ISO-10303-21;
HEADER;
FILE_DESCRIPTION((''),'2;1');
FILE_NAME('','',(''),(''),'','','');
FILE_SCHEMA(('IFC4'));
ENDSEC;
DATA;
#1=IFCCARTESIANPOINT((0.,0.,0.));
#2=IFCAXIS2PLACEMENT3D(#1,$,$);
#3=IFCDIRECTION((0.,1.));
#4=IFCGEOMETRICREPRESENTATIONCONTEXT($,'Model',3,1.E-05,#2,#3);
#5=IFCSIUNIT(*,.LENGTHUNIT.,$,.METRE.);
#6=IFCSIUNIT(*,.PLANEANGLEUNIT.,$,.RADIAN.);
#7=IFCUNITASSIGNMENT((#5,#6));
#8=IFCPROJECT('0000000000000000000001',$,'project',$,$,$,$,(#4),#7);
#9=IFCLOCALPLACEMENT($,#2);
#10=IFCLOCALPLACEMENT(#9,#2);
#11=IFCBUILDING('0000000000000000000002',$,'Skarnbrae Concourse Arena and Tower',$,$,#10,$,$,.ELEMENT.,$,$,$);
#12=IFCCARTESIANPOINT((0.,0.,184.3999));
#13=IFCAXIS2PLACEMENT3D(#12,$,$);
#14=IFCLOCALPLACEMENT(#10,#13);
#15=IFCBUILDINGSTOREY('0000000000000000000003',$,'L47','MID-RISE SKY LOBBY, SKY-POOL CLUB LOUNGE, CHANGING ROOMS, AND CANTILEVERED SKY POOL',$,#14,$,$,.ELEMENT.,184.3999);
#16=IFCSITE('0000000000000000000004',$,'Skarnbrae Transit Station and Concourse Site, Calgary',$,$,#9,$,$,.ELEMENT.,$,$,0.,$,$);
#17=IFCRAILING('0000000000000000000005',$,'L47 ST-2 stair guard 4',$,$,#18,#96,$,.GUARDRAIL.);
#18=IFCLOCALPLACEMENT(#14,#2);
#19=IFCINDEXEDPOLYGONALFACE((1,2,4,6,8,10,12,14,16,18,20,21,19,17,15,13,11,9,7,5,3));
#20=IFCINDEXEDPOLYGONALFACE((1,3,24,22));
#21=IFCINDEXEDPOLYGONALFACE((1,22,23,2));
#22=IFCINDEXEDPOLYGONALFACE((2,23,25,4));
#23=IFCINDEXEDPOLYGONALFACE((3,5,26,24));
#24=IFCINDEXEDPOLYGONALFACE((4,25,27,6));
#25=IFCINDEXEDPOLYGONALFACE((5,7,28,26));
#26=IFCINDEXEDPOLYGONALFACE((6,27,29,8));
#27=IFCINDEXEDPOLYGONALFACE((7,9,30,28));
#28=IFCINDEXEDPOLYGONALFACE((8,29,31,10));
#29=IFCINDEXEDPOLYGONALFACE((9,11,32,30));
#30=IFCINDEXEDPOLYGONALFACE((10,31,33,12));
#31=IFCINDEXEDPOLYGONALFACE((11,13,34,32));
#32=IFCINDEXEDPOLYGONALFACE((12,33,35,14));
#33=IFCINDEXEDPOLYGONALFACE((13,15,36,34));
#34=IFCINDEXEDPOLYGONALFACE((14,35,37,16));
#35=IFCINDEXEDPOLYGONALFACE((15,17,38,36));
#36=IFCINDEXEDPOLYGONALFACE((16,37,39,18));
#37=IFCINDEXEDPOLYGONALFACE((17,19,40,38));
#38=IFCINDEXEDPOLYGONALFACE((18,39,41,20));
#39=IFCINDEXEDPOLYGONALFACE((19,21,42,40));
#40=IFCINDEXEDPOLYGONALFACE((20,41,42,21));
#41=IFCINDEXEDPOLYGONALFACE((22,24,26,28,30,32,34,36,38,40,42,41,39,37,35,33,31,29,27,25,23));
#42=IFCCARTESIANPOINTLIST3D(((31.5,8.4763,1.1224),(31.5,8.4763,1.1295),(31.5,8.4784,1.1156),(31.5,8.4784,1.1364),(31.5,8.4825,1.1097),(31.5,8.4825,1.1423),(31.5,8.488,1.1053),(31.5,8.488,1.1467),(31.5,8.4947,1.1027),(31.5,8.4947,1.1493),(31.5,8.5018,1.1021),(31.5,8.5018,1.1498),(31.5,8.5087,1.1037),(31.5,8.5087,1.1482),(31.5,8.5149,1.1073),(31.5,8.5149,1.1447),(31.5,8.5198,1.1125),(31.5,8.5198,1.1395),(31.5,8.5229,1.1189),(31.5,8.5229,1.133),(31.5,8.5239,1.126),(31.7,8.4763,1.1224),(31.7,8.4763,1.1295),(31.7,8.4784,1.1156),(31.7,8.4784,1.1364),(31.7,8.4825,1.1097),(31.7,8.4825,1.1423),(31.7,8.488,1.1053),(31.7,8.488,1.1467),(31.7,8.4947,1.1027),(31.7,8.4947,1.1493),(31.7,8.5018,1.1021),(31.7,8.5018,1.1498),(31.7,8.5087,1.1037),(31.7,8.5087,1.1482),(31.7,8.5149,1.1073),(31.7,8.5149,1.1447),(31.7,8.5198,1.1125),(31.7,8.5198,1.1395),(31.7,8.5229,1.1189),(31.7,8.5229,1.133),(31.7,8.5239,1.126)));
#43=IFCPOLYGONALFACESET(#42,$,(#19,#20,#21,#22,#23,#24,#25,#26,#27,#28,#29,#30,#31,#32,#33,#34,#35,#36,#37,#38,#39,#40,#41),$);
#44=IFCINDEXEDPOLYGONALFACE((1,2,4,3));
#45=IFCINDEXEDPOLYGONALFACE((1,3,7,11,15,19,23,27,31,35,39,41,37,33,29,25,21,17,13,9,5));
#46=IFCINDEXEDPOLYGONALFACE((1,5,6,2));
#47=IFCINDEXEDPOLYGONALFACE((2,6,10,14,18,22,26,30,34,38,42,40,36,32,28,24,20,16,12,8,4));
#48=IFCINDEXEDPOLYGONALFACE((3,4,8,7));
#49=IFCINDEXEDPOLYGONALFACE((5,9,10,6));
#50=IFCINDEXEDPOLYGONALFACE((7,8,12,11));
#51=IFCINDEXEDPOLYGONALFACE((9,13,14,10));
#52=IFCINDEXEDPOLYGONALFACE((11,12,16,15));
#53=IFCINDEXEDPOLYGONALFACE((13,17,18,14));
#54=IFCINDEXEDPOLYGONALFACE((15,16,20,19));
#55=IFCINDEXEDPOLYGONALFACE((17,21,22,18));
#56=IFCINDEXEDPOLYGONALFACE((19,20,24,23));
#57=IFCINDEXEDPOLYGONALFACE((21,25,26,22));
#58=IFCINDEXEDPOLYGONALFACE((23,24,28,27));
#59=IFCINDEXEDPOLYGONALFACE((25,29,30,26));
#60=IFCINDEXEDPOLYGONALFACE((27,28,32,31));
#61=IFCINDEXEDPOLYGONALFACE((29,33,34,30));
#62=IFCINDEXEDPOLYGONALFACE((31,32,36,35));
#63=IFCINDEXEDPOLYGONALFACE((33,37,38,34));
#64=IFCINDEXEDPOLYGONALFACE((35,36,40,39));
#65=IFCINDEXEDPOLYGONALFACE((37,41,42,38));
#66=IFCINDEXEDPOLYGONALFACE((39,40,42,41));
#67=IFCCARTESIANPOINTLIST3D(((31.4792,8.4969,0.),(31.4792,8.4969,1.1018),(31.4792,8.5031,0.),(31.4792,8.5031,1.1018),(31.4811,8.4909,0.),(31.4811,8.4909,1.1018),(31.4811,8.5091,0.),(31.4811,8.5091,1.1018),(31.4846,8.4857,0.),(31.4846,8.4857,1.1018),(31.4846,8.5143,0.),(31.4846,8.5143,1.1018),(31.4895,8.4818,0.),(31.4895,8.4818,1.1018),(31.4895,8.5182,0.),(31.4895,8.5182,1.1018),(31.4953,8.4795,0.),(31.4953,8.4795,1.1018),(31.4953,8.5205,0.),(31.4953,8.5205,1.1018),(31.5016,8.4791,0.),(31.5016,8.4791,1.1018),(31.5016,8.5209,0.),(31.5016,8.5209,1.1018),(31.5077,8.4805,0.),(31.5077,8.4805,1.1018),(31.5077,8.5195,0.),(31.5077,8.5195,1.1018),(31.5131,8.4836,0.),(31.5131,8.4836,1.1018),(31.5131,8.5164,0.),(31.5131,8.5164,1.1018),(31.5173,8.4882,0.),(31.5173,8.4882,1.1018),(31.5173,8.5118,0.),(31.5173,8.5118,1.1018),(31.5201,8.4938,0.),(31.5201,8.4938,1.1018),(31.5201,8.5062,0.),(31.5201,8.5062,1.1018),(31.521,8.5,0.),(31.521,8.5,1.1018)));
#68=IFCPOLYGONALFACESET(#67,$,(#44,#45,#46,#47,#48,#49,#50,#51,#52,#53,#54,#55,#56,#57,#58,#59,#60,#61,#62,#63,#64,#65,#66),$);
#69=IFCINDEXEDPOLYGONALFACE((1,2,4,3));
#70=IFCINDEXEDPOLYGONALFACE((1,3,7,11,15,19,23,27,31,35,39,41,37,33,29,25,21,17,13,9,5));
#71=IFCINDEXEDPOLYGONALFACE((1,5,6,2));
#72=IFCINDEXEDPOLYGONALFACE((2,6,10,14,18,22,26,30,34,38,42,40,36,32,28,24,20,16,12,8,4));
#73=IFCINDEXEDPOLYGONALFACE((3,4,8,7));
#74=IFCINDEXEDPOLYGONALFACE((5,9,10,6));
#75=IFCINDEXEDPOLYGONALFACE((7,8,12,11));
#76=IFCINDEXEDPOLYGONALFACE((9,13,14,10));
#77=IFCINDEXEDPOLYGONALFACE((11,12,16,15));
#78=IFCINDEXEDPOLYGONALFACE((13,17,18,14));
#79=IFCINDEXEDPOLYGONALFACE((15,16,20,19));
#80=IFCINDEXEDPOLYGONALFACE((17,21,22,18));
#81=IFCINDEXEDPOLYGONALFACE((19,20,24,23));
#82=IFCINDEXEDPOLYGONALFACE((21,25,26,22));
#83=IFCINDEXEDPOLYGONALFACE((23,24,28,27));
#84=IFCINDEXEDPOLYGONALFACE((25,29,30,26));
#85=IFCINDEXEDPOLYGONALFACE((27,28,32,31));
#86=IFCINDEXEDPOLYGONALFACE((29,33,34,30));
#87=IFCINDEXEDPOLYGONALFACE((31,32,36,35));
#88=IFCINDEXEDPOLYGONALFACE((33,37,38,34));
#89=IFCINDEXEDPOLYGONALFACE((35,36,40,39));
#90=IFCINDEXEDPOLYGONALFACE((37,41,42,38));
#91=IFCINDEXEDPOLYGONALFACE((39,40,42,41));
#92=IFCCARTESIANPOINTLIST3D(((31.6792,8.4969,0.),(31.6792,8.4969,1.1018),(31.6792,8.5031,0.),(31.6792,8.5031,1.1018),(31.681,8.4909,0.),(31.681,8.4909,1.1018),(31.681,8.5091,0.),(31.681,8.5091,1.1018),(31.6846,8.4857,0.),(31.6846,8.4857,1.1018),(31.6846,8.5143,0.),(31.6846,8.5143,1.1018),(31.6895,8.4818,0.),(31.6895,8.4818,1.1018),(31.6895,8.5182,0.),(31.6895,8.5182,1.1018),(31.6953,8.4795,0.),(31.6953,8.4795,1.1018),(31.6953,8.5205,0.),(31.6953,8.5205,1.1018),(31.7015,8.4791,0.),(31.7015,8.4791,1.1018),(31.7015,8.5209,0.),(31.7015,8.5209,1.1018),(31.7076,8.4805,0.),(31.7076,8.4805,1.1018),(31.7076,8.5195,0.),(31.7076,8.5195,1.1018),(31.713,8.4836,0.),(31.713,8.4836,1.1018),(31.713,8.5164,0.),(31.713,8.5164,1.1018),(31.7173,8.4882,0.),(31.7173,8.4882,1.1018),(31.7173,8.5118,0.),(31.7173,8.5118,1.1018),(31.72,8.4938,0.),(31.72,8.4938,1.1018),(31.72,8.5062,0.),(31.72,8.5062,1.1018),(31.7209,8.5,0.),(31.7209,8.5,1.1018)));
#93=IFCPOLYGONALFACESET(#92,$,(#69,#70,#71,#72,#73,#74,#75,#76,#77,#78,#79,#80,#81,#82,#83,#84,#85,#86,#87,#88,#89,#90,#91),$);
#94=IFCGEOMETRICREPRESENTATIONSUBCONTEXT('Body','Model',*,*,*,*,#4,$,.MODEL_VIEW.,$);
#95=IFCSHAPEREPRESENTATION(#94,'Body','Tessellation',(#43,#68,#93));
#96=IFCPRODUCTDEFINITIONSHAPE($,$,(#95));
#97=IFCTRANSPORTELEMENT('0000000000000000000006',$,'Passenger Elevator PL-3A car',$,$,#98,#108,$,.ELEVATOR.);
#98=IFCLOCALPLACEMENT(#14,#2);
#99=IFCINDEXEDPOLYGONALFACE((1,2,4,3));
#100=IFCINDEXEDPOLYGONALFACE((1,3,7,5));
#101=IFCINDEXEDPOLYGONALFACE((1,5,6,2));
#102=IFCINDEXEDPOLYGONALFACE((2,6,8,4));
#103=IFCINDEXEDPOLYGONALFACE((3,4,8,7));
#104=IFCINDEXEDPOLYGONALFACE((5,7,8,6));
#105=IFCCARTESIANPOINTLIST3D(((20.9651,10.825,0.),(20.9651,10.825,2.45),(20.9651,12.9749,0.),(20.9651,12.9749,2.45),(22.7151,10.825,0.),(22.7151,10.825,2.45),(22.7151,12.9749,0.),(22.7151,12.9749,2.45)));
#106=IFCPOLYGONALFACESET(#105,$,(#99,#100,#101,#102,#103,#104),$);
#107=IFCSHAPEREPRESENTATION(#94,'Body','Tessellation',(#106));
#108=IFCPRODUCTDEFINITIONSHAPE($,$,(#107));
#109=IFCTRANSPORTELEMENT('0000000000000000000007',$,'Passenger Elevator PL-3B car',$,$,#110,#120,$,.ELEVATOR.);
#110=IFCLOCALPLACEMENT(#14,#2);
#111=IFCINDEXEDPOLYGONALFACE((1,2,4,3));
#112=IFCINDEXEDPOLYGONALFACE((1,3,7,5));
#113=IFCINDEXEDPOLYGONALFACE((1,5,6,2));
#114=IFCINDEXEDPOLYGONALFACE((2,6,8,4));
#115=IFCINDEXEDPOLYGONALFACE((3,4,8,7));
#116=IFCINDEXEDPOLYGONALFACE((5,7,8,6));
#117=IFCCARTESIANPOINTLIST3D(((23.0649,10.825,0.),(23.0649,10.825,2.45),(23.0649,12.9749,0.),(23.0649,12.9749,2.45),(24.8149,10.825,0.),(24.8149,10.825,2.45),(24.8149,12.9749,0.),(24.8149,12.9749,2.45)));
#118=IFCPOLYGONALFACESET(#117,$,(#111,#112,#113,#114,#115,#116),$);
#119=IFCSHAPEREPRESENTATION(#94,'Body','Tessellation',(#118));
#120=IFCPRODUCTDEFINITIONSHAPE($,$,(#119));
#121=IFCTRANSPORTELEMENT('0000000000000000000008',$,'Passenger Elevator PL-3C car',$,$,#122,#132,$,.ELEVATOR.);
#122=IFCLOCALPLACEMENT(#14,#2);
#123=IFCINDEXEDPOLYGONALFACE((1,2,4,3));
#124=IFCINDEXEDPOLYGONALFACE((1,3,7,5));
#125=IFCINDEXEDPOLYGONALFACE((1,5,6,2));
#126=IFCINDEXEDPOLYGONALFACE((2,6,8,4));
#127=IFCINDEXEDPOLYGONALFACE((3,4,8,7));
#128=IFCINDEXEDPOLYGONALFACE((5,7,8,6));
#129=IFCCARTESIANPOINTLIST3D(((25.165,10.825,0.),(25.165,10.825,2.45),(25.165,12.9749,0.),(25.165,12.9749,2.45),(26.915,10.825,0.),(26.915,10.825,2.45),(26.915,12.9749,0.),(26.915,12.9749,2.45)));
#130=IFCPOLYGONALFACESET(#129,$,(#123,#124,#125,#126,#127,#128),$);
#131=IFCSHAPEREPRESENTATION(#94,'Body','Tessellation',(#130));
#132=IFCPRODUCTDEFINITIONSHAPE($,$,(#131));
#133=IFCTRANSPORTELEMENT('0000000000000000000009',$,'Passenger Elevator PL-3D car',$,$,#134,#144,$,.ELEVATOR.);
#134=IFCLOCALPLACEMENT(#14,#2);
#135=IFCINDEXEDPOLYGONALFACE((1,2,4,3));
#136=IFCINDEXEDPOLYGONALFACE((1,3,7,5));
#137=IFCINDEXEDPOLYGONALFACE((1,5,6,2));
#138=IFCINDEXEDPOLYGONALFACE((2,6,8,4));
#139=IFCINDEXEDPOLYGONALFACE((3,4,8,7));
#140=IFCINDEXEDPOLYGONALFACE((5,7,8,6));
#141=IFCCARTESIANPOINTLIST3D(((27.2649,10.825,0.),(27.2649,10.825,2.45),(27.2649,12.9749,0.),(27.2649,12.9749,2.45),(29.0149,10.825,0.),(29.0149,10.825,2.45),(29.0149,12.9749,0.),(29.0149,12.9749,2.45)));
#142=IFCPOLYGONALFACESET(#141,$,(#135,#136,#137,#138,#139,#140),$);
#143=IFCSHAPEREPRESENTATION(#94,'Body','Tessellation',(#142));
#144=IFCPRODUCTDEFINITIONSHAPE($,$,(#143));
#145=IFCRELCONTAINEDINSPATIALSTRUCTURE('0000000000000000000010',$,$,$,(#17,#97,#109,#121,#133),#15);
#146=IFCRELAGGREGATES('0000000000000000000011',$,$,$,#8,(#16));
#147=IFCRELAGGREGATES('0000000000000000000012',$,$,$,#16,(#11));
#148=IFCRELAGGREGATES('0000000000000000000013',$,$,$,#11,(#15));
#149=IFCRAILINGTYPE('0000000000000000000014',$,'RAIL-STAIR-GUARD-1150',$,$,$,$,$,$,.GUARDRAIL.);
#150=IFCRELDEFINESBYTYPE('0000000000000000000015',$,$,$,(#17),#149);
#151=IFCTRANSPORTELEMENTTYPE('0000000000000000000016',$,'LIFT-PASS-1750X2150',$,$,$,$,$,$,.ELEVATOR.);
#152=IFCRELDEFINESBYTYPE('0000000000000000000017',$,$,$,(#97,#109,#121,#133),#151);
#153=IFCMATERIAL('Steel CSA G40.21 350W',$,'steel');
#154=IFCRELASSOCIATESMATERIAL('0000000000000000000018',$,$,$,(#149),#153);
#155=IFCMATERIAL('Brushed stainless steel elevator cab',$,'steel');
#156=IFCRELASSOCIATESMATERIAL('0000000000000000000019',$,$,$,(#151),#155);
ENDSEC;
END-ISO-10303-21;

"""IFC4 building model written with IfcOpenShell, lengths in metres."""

from ifc_helpers import new_model, si_unit, direction, frame, origin, origin_2d, place, context, subcontext, project, spatial, rectangle, circle, extrude, source, transform, mapped, material, type_object, element, save


model = new_model("IFC4")

# Units and contexts
model_context = context("Model", 3, precision=1e-05, world=origin(), true_north=direction((0.0, 1.0)))
body_context = subcontext(model_context, "Body", "Model", "MODEL_VIEW")
ifc_project = project(units=[si_unit("LENGTHUNIT", "METRE"), si_unit("PLANEANGLEUNIT", "RADIAN")], contexts=[model_context])

# Site, building, storey
site_placement = place(None, origin())
site = spatial("IfcSite", under=ifc_project, at=site_placement, Name="Skarnbrae Transit Station and Concourse Site, Calgary", CompositionType="ELEMENT", RefElevation=0.0)
building_placement = place(site_placement, origin())
building = spatial("IfcBuilding", under=site, at=building_placement, Name="Skarnbrae Concourse Arena and Tower", CompositionType="ELEMENT")
storey_placement = place(building_placement, frame((0.0, 0.0, 184.3999)))
storey = spatial("IfcBuildingStorey", under=building, at=storey_placement, Name="L47", Description="MID-RISE SKY LOBBY, SKY-POOL CLUB LOUNGE, CHANGING ROOMS, AND CANTILEVERED SKY POOL", CompositionType="ELEMENT", Elevation=184.3999)

# Shared definitions
ifc_material_1 = material(Name="Steel CSA G40.21 350W", Category="steel")

# Railing
railing_type = type_object("IfcRailingType", Name="RAIL-STAIR-GUARD-1150", PredefinedType="GUARDRAIL", material=ifc_material_1)
railing_1_placement = place(storey_placement, frame((31.5, 8.5, 0.0)))
element("IfcRailing", 1, at=railing_1_placement, inside=storey, type_object=railing_type, Name="L47 ST-2 stair guard 4", PredefinedType="GUARDRAIL", context=body_context, shape_type="SweptSolid", body=[
    extrude(circle(Radius=0.0239, at=origin_2d()), frame((0.0, 0.0, 1.126), z_axis=(1.0, 0.0, 0.0), x_axis=(0.0, 1.0, 0.0)), (0.0, 0.0, 1.0), 0.2),
    extrude(circle(Radius=0.021, at=origin_2d()), origin(), (0.0, 0.0, 1.0), 1.1018),
    extrude(circle(Radius=0.021, at=origin_2d()), frame((0.2, 0.0, 0.0)), (0.0, 0.0, 1.0), 1.1018),
])

# Transport elements
ifc_material_2 = material(Name="Brushed stainless steel elevator cab", Category="steel")
transport_element_type = type_object("IfcTransportElementType", Name="LIFT-PASS-1750X2150", PredefinedType="ELEVATOR", material=ifc_material_2)
shared_shape_1 = source(origin(), body_context, "Body", "SweptSolid", [
    extrude(rectangle(XDim=1.75, YDim=2.1499, at=origin_2d()), origin(), (0.0, 0.0, 1.0), 2.45),
])
for number, where, z_axis, x_axis, name in (
    (2, (21.8401, 11.8999, 0.0), (0.0, 0.0, 1.0), (1.0, 0.0, 0.0), "Passenger Elevator PL-3A car"),
    (3, (23.9399, 11.8999, 0.0), (0.0, 0.0, 1.0), (1.0, 0.0, 0.0), "Passenger Elevator PL-3B car"),
    (4, (26.04, 11.8999, 0.0), (0.0, 0.0, 1.0), (1.0, 0.0, 0.0), "Passenger Elevator PL-3C car"),
    (5, (28.1399, 11.8999, 0.0), (0.0, 0.0, 1.0), (1.0, 0.0, 0.0), "Passenger Elevator PL-3D car"),
):
    element("IfcTransportElement", number, at=place(storey_placement, frame(where, z_axis=z_axis, x_axis=x_axis)), inside=storey, type_object=transport_element_type, Name=name, PredefinedType="ELEVATOR", context=body_context, shape_type="MappedRepresentation", body=[
        mapped(shared_shape_1, transform((0.0, 0.0, 0.0))),
    ])

save(model, "model.ifc")
